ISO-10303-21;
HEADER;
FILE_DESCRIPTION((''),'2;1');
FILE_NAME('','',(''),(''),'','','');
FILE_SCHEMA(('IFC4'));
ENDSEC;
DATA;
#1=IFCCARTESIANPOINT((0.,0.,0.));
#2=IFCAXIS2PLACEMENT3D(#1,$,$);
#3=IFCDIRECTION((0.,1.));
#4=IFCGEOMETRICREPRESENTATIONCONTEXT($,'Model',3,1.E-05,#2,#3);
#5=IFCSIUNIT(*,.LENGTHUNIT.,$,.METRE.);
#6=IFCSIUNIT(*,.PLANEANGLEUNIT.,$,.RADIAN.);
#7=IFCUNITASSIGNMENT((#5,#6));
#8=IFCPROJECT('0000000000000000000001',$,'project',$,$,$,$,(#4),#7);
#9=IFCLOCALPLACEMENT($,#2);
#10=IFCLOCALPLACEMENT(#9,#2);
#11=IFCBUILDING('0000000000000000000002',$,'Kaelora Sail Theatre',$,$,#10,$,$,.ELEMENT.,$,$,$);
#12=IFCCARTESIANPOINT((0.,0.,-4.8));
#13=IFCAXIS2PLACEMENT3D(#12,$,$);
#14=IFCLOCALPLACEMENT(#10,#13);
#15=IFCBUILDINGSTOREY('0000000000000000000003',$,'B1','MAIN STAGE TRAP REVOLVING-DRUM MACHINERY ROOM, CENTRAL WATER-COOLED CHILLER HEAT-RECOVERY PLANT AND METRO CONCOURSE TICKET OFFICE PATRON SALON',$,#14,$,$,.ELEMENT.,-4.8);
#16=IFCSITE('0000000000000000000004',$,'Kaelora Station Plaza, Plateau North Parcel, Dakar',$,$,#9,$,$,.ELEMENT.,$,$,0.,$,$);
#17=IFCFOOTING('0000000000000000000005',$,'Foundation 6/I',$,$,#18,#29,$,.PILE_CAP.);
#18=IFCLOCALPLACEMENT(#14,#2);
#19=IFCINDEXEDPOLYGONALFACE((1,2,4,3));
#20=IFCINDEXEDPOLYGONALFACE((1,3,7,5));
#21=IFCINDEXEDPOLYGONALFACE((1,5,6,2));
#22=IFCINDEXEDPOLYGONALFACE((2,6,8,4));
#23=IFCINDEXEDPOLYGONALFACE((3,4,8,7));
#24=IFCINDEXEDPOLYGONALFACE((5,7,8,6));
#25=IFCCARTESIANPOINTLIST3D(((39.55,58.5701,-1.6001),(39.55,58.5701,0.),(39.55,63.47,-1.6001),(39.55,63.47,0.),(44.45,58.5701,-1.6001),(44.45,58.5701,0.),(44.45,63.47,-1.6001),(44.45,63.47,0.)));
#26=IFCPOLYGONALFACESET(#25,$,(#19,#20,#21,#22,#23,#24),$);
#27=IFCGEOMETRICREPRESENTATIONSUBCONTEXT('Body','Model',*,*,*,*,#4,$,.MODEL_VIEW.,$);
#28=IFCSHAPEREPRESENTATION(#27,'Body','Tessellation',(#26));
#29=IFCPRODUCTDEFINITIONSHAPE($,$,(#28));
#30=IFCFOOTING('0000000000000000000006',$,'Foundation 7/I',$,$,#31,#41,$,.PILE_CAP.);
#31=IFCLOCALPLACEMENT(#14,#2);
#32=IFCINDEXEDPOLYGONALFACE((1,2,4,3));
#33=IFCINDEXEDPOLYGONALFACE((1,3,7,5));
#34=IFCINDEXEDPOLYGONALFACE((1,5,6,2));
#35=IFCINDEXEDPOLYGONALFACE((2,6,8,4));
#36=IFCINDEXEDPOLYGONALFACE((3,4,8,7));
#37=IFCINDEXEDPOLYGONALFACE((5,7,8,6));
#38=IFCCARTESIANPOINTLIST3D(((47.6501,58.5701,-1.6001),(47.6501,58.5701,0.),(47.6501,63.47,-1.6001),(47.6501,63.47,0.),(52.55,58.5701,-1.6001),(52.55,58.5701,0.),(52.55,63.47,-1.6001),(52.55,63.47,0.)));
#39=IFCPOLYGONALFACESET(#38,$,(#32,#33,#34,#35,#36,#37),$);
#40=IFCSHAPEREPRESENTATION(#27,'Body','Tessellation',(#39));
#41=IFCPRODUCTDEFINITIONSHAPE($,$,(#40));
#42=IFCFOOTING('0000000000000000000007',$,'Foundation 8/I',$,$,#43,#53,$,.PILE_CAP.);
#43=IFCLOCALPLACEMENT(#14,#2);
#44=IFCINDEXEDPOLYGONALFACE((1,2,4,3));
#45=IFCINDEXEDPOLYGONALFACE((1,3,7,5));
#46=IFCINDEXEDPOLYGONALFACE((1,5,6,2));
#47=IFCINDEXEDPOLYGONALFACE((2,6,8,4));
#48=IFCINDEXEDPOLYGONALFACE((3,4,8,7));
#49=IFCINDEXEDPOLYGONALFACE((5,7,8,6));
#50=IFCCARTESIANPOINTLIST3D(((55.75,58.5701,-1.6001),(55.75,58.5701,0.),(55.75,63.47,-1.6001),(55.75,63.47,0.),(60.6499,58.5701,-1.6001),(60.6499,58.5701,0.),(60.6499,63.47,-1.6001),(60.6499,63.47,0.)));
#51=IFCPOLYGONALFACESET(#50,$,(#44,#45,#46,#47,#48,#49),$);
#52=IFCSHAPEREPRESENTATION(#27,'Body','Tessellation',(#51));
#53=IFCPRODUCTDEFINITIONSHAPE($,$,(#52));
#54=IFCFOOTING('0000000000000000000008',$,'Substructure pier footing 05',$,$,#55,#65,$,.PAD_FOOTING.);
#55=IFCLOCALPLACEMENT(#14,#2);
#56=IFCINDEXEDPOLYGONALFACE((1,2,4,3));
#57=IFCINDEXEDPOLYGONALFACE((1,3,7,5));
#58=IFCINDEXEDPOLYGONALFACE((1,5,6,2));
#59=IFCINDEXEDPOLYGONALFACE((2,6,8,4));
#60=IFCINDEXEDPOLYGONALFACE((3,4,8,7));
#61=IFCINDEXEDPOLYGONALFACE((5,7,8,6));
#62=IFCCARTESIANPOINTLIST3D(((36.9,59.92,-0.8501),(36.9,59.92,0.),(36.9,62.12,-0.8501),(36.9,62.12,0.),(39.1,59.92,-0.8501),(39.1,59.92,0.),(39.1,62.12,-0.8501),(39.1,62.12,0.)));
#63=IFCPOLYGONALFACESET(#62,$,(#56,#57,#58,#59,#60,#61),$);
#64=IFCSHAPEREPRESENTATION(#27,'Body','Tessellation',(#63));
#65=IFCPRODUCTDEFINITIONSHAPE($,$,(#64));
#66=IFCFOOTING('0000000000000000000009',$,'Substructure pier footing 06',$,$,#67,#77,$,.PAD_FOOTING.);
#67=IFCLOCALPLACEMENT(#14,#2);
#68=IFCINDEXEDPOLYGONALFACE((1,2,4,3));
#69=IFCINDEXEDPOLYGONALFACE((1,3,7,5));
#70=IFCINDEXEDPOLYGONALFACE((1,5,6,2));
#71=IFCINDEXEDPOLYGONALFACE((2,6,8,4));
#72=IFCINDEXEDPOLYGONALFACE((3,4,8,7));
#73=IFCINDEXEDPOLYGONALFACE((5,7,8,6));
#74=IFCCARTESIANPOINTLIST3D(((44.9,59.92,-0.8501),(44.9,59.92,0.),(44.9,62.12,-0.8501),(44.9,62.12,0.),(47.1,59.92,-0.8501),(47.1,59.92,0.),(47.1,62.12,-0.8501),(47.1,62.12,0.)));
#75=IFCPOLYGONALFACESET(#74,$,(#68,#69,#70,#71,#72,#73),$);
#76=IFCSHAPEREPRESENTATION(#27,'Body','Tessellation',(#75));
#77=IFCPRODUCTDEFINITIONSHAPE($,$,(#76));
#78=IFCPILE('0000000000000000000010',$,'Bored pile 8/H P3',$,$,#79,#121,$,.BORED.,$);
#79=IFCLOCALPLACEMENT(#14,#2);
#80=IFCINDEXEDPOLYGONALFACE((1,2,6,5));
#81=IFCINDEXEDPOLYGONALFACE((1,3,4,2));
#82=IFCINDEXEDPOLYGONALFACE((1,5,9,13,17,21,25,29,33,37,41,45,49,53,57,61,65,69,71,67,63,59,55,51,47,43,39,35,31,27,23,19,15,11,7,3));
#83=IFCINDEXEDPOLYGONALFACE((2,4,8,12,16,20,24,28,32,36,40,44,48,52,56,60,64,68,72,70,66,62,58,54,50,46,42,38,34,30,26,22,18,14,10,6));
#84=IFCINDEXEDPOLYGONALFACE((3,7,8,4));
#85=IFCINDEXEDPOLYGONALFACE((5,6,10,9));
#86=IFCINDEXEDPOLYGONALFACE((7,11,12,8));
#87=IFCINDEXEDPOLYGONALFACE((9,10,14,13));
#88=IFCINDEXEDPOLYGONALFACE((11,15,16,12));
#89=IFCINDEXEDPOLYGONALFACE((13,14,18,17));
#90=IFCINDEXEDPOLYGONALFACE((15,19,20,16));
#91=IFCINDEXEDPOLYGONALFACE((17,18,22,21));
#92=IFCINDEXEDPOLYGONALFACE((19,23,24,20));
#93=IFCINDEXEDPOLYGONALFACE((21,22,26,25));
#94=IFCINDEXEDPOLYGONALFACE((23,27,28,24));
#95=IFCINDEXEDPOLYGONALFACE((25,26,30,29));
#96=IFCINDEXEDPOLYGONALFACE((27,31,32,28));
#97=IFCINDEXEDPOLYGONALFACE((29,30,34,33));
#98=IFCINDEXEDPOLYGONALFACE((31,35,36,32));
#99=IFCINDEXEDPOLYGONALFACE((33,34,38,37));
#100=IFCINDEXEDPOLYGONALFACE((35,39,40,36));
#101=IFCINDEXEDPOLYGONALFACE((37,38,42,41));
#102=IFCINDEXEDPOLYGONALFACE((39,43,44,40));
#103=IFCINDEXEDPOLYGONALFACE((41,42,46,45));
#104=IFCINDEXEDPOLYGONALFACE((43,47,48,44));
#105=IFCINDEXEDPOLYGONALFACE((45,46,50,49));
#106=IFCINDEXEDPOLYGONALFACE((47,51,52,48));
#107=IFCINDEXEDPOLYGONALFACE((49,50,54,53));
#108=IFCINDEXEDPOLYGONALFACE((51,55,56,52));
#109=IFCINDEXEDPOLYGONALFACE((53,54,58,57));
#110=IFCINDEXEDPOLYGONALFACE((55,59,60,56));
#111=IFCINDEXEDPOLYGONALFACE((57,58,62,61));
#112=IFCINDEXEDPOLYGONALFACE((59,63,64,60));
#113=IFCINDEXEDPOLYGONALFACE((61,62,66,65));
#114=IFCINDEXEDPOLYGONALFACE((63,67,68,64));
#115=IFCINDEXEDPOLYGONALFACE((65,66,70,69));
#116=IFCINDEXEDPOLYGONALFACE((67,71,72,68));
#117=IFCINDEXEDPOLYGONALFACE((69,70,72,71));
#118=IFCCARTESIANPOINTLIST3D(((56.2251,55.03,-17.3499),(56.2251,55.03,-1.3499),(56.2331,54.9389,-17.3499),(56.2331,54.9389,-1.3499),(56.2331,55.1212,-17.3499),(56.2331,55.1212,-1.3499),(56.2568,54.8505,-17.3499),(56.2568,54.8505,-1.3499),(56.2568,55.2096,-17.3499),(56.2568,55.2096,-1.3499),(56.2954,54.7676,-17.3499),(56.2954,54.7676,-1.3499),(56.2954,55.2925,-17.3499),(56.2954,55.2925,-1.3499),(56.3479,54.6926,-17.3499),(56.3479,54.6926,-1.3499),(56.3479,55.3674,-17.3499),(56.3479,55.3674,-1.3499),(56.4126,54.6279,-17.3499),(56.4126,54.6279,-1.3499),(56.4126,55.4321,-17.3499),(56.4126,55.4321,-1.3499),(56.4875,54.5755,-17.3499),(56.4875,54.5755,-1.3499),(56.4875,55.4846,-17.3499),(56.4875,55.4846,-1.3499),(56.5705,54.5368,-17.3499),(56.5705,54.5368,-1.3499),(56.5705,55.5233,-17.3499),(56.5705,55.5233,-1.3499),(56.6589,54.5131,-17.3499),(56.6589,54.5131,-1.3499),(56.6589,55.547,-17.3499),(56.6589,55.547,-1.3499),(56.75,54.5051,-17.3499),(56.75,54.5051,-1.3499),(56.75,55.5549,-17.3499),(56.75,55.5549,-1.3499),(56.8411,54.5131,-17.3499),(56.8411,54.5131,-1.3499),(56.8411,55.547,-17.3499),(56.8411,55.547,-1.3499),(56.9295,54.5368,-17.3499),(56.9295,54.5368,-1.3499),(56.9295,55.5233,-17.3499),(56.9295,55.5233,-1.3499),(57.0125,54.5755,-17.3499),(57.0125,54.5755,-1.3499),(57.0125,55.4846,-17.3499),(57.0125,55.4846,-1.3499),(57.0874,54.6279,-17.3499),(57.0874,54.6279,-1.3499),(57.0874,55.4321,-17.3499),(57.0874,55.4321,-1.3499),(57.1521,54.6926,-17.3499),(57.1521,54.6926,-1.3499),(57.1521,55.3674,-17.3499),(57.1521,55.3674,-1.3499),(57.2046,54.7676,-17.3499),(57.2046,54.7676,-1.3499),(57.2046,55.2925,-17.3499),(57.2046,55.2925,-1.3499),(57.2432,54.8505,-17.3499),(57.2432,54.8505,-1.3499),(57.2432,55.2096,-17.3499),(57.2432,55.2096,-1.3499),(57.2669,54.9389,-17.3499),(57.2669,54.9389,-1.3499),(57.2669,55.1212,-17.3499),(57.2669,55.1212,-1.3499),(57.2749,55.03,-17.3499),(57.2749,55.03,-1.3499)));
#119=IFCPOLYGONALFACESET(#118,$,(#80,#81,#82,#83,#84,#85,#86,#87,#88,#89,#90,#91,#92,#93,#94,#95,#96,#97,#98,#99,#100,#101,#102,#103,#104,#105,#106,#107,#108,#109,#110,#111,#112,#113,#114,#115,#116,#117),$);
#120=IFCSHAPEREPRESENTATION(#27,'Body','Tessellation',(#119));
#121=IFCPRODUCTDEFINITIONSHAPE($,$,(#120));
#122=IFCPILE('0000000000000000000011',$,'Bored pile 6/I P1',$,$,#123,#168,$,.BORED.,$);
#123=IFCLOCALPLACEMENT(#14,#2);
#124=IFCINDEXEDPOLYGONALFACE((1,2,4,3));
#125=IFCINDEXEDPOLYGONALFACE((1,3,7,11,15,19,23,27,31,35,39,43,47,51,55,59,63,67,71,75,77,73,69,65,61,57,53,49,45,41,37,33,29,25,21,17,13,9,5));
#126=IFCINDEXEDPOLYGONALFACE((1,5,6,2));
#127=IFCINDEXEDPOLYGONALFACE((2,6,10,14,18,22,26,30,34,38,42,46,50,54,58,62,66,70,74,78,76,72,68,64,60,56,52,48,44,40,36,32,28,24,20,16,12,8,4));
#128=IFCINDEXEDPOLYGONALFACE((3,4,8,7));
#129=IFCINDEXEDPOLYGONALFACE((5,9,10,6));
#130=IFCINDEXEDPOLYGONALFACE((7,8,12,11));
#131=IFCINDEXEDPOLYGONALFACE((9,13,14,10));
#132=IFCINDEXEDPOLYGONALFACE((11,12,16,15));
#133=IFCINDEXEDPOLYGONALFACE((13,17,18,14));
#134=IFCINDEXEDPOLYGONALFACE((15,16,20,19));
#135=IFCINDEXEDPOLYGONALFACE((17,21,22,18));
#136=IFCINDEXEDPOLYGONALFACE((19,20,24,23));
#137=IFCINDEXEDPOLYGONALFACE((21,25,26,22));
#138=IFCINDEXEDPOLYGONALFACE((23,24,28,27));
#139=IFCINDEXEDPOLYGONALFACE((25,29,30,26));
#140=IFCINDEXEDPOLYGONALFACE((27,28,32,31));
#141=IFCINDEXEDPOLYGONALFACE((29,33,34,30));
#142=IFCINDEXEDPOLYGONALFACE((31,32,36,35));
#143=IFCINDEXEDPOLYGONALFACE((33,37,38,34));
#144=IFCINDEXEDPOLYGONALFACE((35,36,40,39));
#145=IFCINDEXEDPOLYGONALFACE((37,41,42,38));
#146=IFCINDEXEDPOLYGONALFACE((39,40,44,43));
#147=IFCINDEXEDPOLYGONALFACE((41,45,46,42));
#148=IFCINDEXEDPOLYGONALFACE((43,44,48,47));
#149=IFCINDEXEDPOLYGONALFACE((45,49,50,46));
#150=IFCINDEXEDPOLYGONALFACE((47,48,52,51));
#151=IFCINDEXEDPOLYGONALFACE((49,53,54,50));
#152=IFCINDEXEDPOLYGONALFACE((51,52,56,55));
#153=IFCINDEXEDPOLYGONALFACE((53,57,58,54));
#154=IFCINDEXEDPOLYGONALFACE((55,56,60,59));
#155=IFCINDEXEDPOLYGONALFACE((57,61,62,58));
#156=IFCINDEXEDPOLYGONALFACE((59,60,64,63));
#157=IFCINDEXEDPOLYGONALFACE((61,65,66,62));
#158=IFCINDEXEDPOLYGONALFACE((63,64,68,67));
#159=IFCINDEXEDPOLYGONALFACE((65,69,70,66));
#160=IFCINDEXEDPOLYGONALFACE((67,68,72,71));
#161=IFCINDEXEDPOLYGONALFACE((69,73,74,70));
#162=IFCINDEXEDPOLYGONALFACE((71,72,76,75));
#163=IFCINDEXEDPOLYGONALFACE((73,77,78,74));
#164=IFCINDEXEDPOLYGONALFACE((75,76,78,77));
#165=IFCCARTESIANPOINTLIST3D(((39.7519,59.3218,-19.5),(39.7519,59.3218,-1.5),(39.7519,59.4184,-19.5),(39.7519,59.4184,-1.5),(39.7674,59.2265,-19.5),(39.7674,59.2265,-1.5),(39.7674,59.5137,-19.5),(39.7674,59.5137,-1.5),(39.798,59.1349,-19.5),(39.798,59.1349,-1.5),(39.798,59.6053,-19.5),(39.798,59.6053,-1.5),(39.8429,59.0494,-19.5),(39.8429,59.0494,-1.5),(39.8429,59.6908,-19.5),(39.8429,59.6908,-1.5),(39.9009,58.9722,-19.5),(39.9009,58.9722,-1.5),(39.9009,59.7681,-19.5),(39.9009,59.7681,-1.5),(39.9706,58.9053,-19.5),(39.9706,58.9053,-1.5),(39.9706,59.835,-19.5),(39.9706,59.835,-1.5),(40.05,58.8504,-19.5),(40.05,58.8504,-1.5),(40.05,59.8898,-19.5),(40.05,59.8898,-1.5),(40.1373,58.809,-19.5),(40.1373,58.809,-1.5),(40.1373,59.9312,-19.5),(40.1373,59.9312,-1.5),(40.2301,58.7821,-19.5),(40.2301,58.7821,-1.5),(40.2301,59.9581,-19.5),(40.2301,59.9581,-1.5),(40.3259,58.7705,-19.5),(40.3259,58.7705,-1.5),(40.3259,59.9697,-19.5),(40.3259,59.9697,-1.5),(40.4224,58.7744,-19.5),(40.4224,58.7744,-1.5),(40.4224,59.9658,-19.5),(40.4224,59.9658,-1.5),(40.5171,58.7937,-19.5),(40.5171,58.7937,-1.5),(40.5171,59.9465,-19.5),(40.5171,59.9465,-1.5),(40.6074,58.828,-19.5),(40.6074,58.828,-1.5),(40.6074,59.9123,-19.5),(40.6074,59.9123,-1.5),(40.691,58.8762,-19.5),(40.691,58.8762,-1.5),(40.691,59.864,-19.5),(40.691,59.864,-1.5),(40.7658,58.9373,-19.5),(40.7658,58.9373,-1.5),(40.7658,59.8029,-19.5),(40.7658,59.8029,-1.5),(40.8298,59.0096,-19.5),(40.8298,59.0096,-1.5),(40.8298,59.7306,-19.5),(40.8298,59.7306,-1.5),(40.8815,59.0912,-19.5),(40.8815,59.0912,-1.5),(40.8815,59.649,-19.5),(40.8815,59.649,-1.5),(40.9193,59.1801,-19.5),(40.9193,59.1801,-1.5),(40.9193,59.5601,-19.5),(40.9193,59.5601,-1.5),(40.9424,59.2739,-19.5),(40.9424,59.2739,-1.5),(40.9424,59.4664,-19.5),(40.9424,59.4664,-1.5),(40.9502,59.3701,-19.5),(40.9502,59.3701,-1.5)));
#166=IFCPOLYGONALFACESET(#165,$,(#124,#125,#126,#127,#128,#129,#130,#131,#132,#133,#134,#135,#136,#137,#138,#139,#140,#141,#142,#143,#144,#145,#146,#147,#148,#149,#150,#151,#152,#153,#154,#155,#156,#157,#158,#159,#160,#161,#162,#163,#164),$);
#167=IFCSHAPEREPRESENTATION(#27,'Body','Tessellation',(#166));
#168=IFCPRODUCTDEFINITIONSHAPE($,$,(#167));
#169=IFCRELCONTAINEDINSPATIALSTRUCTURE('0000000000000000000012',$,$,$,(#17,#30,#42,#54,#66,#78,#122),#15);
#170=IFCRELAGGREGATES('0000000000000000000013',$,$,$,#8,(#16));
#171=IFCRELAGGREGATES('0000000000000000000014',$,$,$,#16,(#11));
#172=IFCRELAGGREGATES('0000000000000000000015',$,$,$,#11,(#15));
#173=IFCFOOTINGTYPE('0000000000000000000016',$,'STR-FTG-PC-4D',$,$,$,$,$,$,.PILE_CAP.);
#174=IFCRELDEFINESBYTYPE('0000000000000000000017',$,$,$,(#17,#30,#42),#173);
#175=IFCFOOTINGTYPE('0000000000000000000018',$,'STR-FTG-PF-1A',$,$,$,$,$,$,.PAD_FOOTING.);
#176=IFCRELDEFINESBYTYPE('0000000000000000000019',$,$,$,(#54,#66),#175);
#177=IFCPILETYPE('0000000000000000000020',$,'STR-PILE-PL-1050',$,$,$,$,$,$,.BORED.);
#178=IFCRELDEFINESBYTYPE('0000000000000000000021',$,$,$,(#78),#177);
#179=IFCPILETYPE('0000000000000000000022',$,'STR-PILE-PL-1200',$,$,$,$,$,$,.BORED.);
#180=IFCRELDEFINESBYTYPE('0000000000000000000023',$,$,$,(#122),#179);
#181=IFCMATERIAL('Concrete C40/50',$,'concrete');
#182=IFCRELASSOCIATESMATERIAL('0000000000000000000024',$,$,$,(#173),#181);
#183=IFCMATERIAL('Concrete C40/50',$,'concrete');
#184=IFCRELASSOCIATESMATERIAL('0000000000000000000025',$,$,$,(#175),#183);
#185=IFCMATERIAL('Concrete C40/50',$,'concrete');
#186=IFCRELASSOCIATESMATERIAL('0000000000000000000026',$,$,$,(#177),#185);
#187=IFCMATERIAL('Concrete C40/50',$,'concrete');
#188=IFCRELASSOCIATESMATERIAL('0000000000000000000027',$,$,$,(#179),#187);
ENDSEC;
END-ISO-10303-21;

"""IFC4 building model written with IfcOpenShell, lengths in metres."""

from ifc_helpers import new_model, si_unit, direction, frame, origin, origin_2d, place, context, subcontext, project, spatial, rectangle, circle, extrude, material, material_profile, profile_set, type_object, element, save


model = new_model("IFC4")

# Units and contexts
model_context = context("Model", 3, precision=1e-05, world=origin(), true_north=direction((0.0, 1.0)))
body_context = subcontext(model_context, "Body", "Model", "MODEL_VIEW")
ifc_project = project(units=[si_unit("LENGTHUNIT", "METRE"), si_unit("PLANEANGLEUNIT", "RADIAN")], contexts=[model_context])

# Site, building, storey
site_placement = place(None, origin())
site = spatial("IfcSite", under=ifc_project, at=site_placement, Name="Kaelora Station Plaza, Plateau North Parcel, Dakar", CompositionType="ELEMENT", RefElevation=0.0)
building_placement = place(site_placement, origin())
building = spatial("IfcBuilding", under=site, at=building_placement, Name="Kaelora Sail Theatre", CompositionType="ELEMENT")
storey_placement = place(building_placement, frame((0.0, 0.0, -4.8)))
storey = spatial("IfcBuildingStorey", under=building, at=storey_placement, Name="B1", Description="MAIN STAGE TRAP REVOLVING-DRUM MACHINERY ROOM, CENTRAL WATER-COOLED CHILLER HEAT-RECOVERY PLANT AND METRO CONCOURSE TICKET OFFICE PATRON SALON", CompositionType="ELEMENT", Elevation=-4.8)

# Footings
ifc_material_1 = material(Name="Concrete C40/50", Category="concrete")
footing_type_1 = type_object("IfcFootingType", Name="STR-FTG-PC-4D", PredefinedType="PILE_CAP", material=ifc_material_1)
for number, where, z_axis, x_axis, name in (
    (1, (42.0, 61.02, -1.6001), (0.0, 0.0, 1.0), (1.0, 0.0, 0.0), "Foundation 6/I"),
    (2, (50.1001, 61.02, -1.6001), (0.0, 0.0, 1.0), (1.0, 0.0, 0.0), "Foundation 7/I"),
    (3, (58.2, 61.02, -1.6001), (0.0, 0.0, 1.0), (1.0, 0.0, 0.0), "Foundation 8/I"),
):
    element("IfcFooting", number, at=place(storey_placement, frame(where, z_axis=z_axis, x_axis=x_axis)), inside=storey, type_object=footing_type_1, Name=name, PredefinedType="PILE_CAP", context=body_context, shape_type="SweptSolid", body=[
        extrude(rectangle(XDim=4.8999, YDim=4.8999, at=origin_2d()), origin(), (0.0, 0.0, 1.0), 1.6001),
    ])
ifc_material_2 = material(Name="Concrete C40/50", Category="concrete")
footing_type_2 = type_object("IfcFootingType", Name="STR-FTG-PF-1A", PredefinedType="PAD_FOOTING", material=ifc_material_2)
for number, where, z_axis, x_axis, name in (
    (4, (38.0, 61.02, -0.8501), (0.0, 0.0, 1.0), (1.0, 0.0, 0.0), "Substructure pier footing 05"),
    (5, (46.0, 61.02, -0.8501), (0.0, 0.0, 1.0), (1.0, 0.0, 0.0), "Substructure pier footing 06"),
):
    element("IfcFooting", number, at=place(storey_placement, frame(where, z_axis=z_axis, x_axis=x_axis)), inside=storey, type_object=footing_type_2, Name=name, PredefinedType="PAD_FOOTING", context=body_context, shape_type="SweptSolid", body=[
        extrude(rectangle(XDim=2.2, YDim=2.2, at=origin_2d()), origin(), (0.0, 0.0, 1.0), 0.8501),
    ])

# Piles
ifc_material_3 = material(Name="Concrete C40/50", Category="concrete")
ifc_material_profile_1 = material_profile(ifc_material_3, circle(Radius=0.5249, at=origin_2d()), Name="PILE D1050")
ifc_profile_set_1 = profile_set([ifc_material_profile_1], Name="Concrete C40/50")
pile_type_1 = type_object("IfcPileType", Name="STR-PILE-PL-1050", PredefinedType="BORED", material=ifc_profile_set_1)
pile_placement = place(storey_placement, frame((56.75, 55.03, -1.3499), z_axis=(0.0, 0.0, -1.0), x_axis=(1.0, 0.0, 0.0)))
element("IfcPile", 6, at=pile_placement, inside=storey, type_object=pile_type_1, Name="Bored pile 8/H P3", PredefinedType="BORED", context=body_context, shape_type="SweptSolid", body=[
    extrude(circle(Radius=0.5249, at=origin_2d()), origin(), (0.0, 0.0, 1.0), 16.0),
])
ifc_material_4 = material(Name="Concrete C40/50", Category="concrete")
ifc_material_profile_2 = material_profile(ifc_material_4, circle(Radius=0.6001, at=origin_2d()), Name="PILE D1200")
ifc_profile_set_2 = profile_set([ifc_material_profile_2], Name="Concrete C40/50")
pile_type_2 = type_object("IfcPileType", Name="STR-PILE-PL-1200", PredefinedType="BORED", material=ifc_profile_set_2)
for number, where, z_axis, x_axis, name in (
    (7, (40.3501, 59.3701, -1.5), (0.0, 0.0, -1.0), (1.0, 0.0, 0.0), "Bored pile 6/I P1"),
):
    element("IfcPile", number, at=place(storey_placement, frame(where, z_axis=z_axis, x_axis=x_axis)), inside=storey, type_object=pile_type_2, Name=name, PredefinedType="BORED", context=body_context, shape_type="SweptSolid", body=[
        extrude(circle(Radius=0.6001, at=origin_2d()), origin(), (0.0, 0.0, 1.0), 18.0),
    ])

save(model, "model.ifc")
